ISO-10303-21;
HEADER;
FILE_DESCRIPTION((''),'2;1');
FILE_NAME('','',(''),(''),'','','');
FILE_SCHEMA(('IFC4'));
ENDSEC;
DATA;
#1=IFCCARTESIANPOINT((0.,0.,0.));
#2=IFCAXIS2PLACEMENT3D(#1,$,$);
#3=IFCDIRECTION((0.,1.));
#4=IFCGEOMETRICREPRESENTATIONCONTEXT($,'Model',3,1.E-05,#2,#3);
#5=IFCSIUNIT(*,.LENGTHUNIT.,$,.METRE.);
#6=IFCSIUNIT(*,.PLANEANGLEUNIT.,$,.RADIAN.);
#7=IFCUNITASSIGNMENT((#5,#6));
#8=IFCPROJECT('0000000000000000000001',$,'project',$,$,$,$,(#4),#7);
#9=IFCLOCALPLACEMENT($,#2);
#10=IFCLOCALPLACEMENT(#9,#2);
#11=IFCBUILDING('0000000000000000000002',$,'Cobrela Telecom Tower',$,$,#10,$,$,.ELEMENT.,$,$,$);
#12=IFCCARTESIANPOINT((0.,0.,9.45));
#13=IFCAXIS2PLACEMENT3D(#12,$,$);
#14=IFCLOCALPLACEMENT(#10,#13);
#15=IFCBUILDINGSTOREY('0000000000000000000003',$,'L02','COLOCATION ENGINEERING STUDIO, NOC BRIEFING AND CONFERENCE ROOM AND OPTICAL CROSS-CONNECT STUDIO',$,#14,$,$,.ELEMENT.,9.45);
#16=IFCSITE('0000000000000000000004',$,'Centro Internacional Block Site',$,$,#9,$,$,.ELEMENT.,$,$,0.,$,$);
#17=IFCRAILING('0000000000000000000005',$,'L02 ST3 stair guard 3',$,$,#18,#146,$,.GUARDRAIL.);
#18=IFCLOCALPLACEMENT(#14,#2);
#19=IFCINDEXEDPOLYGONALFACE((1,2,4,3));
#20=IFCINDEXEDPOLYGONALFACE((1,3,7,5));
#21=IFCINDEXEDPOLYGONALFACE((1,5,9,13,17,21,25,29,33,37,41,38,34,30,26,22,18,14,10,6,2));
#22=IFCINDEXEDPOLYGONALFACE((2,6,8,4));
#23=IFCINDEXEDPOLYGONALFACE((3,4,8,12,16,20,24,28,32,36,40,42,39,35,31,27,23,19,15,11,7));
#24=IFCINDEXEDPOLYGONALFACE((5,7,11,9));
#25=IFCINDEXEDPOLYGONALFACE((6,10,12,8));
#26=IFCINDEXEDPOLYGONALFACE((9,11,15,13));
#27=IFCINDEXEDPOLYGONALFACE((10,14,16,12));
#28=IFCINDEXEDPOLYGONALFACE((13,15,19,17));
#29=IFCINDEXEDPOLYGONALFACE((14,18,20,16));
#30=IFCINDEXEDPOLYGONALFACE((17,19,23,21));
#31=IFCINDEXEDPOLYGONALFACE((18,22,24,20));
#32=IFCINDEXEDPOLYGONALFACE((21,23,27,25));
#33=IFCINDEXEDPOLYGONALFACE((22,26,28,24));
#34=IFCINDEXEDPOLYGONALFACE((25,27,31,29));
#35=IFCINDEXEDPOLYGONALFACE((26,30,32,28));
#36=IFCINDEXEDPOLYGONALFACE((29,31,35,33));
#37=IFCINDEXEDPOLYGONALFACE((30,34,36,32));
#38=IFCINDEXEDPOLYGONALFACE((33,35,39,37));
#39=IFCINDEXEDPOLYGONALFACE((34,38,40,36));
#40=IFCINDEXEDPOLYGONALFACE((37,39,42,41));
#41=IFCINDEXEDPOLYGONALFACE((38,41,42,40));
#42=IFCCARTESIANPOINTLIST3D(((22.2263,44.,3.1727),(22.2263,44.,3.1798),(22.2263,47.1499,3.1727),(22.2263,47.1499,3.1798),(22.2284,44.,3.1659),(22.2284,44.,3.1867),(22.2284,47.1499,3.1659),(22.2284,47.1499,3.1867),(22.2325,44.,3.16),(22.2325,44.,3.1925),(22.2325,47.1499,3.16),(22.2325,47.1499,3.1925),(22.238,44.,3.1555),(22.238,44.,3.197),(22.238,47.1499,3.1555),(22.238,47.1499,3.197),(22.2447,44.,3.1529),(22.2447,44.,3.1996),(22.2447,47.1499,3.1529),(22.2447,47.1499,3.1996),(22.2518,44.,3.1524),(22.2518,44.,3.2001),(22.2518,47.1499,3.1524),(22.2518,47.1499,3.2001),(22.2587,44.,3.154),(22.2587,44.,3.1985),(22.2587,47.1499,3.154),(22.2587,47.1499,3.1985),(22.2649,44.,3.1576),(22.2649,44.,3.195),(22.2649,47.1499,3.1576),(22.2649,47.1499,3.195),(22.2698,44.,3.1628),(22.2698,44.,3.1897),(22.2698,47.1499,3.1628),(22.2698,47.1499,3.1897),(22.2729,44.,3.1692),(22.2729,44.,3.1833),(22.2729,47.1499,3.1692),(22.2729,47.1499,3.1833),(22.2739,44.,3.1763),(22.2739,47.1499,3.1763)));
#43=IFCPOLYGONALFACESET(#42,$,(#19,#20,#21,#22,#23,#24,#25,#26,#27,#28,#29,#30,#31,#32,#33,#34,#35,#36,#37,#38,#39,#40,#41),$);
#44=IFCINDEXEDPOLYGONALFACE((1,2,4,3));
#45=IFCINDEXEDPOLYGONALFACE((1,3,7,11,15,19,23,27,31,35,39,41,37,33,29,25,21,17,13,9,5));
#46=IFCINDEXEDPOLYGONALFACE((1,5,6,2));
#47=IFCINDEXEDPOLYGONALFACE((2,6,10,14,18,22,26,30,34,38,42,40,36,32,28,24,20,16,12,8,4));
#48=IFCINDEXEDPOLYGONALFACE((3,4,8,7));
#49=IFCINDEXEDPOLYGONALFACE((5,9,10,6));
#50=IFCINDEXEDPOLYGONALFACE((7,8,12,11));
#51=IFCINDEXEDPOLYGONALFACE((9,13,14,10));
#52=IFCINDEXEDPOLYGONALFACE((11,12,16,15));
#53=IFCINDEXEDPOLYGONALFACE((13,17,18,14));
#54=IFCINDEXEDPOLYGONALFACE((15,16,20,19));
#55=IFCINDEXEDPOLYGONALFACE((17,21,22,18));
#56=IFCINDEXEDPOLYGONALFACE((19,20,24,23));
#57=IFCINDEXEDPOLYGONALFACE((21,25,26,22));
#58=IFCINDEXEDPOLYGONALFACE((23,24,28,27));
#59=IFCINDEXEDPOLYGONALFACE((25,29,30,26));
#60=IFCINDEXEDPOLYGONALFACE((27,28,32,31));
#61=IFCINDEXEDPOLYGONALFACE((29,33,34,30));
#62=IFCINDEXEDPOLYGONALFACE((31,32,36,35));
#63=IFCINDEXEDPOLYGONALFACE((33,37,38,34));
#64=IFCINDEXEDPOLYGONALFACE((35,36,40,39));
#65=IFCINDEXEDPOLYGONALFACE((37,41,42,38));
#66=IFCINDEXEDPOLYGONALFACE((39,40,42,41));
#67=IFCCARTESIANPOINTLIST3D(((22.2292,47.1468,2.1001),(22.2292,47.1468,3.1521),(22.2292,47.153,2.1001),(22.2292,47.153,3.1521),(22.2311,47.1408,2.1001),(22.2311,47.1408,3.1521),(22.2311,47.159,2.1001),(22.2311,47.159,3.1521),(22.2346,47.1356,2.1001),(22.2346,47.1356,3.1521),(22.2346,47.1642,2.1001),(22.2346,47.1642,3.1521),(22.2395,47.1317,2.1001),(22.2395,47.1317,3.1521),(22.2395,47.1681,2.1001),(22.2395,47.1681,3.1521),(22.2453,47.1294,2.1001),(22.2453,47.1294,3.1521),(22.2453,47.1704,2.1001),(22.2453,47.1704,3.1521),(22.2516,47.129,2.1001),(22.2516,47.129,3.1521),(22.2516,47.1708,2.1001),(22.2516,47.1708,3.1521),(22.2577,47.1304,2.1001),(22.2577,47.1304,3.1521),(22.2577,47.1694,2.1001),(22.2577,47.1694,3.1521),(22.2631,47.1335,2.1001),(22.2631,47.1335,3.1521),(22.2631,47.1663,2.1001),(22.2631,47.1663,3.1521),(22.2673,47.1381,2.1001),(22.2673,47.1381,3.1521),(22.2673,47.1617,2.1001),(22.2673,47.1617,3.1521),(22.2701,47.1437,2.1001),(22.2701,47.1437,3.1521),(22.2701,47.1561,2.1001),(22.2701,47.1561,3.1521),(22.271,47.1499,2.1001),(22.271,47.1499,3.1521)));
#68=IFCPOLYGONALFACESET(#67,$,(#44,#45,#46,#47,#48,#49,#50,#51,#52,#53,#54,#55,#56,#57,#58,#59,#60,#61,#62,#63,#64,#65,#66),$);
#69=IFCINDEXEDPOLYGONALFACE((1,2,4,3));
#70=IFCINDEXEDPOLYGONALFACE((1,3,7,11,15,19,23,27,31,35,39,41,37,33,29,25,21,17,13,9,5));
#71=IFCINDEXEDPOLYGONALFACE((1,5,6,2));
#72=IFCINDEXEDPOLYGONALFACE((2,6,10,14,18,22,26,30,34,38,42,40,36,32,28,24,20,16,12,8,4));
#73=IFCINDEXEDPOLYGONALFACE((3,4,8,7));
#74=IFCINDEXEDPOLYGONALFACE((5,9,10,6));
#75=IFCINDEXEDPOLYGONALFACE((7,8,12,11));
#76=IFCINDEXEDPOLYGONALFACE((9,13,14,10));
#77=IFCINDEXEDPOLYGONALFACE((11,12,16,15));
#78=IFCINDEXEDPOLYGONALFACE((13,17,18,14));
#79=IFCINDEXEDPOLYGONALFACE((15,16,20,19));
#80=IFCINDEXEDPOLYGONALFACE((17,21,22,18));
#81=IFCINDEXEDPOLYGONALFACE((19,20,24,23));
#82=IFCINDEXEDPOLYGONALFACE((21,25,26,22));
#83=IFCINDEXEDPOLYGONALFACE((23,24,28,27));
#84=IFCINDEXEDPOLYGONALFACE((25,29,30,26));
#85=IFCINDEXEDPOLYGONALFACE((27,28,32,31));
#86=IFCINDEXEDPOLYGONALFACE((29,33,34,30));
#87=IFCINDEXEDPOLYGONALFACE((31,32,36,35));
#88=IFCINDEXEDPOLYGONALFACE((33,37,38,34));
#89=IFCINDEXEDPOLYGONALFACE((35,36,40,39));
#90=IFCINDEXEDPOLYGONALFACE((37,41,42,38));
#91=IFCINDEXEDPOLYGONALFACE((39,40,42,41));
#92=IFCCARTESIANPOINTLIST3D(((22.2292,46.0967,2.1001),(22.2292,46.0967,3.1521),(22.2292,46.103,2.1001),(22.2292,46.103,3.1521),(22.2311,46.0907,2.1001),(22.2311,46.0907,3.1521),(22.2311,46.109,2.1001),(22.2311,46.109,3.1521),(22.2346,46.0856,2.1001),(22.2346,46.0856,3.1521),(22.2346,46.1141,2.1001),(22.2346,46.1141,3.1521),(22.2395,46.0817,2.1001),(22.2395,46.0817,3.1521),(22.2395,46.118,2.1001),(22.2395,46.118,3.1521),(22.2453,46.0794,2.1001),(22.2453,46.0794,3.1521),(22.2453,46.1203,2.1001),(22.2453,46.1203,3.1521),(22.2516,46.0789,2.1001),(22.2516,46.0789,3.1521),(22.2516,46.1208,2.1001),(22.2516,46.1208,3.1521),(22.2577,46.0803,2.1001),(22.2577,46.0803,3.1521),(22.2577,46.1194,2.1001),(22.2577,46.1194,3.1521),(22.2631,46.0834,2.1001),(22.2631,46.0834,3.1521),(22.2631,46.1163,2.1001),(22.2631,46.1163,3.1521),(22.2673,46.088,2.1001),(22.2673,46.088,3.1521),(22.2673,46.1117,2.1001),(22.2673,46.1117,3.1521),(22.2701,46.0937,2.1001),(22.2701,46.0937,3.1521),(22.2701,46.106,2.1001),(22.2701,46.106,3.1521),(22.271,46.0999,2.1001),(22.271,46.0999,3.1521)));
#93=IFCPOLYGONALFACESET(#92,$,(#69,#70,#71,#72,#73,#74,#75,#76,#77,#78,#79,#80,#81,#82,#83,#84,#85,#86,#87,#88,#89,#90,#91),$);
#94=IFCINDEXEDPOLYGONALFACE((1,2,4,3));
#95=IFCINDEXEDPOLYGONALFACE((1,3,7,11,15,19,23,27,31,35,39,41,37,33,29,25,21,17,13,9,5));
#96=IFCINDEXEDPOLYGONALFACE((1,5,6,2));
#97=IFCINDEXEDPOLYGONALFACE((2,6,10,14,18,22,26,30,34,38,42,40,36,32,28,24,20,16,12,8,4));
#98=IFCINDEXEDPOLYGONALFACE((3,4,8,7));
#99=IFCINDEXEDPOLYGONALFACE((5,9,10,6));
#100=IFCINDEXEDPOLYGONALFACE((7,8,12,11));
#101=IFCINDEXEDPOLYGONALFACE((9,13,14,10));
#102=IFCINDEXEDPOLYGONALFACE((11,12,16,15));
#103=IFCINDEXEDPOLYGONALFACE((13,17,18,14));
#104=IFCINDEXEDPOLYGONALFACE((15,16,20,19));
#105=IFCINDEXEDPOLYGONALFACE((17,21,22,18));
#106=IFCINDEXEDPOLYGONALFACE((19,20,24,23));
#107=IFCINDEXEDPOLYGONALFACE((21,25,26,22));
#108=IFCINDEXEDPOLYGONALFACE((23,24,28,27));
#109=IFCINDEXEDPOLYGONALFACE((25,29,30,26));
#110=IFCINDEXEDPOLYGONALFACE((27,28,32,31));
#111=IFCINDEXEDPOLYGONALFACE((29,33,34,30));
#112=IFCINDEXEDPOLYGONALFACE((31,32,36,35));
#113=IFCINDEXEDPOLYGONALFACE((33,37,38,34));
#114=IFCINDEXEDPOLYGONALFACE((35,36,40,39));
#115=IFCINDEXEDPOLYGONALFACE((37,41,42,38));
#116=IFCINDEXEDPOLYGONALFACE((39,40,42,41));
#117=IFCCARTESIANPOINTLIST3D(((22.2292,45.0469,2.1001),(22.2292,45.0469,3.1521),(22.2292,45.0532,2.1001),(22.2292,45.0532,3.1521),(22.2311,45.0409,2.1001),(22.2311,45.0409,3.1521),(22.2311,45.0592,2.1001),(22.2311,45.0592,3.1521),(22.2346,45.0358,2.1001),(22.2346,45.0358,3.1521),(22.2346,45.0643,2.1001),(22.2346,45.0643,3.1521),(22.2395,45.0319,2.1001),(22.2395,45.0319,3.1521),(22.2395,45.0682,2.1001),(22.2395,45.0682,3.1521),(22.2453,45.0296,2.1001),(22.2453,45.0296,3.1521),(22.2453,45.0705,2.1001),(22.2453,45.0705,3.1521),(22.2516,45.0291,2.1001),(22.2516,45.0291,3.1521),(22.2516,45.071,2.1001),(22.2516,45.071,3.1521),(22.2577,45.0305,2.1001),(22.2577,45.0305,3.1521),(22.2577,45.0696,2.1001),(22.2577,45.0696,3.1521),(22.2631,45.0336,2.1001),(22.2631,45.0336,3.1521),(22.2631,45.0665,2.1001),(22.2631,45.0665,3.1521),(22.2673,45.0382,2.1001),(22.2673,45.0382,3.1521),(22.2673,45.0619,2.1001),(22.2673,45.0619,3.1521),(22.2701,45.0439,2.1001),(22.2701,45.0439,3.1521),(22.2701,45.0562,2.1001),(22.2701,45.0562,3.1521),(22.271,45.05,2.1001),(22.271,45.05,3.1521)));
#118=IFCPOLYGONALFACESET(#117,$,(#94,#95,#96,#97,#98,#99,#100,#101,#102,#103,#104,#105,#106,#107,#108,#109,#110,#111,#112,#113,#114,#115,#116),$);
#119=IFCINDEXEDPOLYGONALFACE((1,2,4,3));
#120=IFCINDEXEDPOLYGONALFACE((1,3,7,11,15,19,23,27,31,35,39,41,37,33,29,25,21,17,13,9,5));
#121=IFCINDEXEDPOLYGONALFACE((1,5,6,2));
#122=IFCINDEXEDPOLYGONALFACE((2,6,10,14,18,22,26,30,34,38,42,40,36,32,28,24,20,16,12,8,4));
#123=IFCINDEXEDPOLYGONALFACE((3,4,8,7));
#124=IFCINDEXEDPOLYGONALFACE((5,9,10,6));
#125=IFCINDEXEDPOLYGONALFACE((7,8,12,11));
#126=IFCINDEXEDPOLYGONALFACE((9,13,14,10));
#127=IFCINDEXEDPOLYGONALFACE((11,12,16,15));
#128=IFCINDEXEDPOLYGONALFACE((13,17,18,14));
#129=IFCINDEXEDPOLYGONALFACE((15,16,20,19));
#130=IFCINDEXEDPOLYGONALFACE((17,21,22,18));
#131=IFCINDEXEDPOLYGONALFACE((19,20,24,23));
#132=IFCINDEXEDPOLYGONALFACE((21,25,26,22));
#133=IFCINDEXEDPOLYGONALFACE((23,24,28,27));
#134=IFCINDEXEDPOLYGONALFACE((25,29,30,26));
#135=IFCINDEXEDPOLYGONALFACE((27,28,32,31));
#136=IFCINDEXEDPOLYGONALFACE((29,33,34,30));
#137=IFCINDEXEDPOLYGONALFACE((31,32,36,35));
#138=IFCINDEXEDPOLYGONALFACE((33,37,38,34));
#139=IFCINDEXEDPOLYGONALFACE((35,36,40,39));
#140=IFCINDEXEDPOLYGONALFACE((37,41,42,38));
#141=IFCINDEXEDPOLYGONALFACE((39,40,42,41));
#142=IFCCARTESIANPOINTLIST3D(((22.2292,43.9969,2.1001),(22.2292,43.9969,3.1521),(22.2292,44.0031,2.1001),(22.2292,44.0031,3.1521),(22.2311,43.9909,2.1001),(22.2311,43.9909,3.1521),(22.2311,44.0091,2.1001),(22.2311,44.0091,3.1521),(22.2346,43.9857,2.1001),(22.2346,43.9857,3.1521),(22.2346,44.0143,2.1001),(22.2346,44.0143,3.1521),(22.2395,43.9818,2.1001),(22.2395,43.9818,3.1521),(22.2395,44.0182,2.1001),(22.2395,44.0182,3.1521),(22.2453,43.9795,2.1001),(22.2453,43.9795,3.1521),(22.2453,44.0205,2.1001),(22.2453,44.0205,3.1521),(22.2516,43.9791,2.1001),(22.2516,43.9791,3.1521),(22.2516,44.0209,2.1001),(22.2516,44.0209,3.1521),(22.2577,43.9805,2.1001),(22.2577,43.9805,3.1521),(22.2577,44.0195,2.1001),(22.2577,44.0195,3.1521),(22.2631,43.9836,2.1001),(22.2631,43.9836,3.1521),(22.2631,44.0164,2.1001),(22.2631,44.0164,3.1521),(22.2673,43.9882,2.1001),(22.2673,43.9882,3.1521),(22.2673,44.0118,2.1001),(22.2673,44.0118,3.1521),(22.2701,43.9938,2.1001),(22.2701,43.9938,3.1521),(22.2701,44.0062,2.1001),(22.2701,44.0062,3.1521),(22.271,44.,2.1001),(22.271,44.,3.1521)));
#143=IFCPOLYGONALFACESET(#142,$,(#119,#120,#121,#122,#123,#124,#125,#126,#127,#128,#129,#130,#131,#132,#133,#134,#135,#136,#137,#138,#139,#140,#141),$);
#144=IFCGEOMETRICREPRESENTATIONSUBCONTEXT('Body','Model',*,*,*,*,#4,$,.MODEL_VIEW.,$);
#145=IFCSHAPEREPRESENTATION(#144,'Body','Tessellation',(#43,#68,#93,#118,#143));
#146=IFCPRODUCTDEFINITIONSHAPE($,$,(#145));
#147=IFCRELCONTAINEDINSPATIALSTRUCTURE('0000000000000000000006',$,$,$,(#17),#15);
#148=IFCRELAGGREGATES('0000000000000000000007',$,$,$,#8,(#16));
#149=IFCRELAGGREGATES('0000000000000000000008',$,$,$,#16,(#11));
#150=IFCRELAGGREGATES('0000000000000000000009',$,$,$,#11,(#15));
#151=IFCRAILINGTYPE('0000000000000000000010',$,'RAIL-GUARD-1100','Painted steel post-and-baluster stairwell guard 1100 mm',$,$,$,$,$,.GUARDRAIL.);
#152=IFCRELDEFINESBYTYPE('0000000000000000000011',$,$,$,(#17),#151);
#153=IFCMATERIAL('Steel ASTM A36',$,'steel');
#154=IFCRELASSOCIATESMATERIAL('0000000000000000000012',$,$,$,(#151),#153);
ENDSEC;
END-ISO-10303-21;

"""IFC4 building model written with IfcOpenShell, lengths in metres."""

from ifc_helpers import new_model, si_unit, direction, frame, origin, origin_2d, place, context, subcontext, project, spatial, circle, extrude, material, type_object, element, save


model = new_model("IFC4")

# Units and contexts
model_context = context("Model", 3, precision=1e-05, world=origin(), true_north=direction((0.0, 1.0)))
body_context = subcontext(model_context, "Body", "Model", "MODEL_VIEW")
ifc_project = project(units=[si_unit("LENGTHUNIT", "METRE"), si_unit("PLANEANGLEUNIT", "RADIAN")], contexts=[model_context])

# Site, building, storey
site_placement = place(None, origin())
site = spatial("IfcSite", under=ifc_project, at=site_placement, Name="Centro Internacional Block Site", CompositionType="ELEMENT", RefElevation=0.0)
building_placement = place(site_placement, origin())
building = spatial("IfcBuilding", under=site, at=building_placement, Name="Cobrela Telecom Tower", CompositionType="ELEMENT")
storey_placement = place(building_placement, frame((0.0, 0.0, 9.45)))
storey = spatial("IfcBuildingStorey", under=building, at=storey_placement, Name="L02", Description="COLOCATION ENGINEERING STUDIO, NOC BRIEFING AND CONFERENCE ROOM AND OPTICAL CROSS-CONNECT STUDIO", CompositionType="ELEMENT", Elevation=9.45)

# Shared definitions
ifc_material_1 = material(Name="Steel ASTM A36", Category="steel")

# Railing
railing_type_1 = type_object("IfcRailingType", Name="RAIL-GUARD-1100", Description="Painted steel post-and-baluster stairwell guard 1100 mm", PredefinedType="GUARDRAIL", material=ifc_material_1)
railing_1_placement = place(storey_placement, frame((22.25, 47.1499, 2.1001)))
element("IfcRailing", 1, at=railing_1_placement, inside=storey, type_object=railing_type_1, Name="L02 ST3 stair guard 3", PredefinedType="GUARDRAIL", context=body_context, shape_type="SweptSolid", body=[
    extrude(circle(Radius=0.0239, at=origin_2d()), frame((0.0, 0.0, 1.0762), z_axis=(0.0, -1.0, 0.0), x_axis=(1.0, 0.0, 0.0)), (0.0, 0.0, 1.0), 3.1499),
    extrude(circle(Radius=0.021, at=origin_2d()), origin(), (0.0, 0.0, 1.0), 1.052),
    extrude(circle(Radius=0.021, at=origin_2d()), frame((0.0, -1.05, 0.0)), (0.0, 0.0, 1.0), 1.052),
    extrude(circle(Radius=0.021, at=origin_2d()), frame((0.0, -2.0999, 0.0)), (0.0, 0.0, 1.0), 1.052),
    extrude(circle(Radius=0.021, at=origin_2d()), frame((0.0, -3.1499, 0.0)), (0.0, 0.0, 1.0), 1.052),
])

save(model, "model.ifc")
